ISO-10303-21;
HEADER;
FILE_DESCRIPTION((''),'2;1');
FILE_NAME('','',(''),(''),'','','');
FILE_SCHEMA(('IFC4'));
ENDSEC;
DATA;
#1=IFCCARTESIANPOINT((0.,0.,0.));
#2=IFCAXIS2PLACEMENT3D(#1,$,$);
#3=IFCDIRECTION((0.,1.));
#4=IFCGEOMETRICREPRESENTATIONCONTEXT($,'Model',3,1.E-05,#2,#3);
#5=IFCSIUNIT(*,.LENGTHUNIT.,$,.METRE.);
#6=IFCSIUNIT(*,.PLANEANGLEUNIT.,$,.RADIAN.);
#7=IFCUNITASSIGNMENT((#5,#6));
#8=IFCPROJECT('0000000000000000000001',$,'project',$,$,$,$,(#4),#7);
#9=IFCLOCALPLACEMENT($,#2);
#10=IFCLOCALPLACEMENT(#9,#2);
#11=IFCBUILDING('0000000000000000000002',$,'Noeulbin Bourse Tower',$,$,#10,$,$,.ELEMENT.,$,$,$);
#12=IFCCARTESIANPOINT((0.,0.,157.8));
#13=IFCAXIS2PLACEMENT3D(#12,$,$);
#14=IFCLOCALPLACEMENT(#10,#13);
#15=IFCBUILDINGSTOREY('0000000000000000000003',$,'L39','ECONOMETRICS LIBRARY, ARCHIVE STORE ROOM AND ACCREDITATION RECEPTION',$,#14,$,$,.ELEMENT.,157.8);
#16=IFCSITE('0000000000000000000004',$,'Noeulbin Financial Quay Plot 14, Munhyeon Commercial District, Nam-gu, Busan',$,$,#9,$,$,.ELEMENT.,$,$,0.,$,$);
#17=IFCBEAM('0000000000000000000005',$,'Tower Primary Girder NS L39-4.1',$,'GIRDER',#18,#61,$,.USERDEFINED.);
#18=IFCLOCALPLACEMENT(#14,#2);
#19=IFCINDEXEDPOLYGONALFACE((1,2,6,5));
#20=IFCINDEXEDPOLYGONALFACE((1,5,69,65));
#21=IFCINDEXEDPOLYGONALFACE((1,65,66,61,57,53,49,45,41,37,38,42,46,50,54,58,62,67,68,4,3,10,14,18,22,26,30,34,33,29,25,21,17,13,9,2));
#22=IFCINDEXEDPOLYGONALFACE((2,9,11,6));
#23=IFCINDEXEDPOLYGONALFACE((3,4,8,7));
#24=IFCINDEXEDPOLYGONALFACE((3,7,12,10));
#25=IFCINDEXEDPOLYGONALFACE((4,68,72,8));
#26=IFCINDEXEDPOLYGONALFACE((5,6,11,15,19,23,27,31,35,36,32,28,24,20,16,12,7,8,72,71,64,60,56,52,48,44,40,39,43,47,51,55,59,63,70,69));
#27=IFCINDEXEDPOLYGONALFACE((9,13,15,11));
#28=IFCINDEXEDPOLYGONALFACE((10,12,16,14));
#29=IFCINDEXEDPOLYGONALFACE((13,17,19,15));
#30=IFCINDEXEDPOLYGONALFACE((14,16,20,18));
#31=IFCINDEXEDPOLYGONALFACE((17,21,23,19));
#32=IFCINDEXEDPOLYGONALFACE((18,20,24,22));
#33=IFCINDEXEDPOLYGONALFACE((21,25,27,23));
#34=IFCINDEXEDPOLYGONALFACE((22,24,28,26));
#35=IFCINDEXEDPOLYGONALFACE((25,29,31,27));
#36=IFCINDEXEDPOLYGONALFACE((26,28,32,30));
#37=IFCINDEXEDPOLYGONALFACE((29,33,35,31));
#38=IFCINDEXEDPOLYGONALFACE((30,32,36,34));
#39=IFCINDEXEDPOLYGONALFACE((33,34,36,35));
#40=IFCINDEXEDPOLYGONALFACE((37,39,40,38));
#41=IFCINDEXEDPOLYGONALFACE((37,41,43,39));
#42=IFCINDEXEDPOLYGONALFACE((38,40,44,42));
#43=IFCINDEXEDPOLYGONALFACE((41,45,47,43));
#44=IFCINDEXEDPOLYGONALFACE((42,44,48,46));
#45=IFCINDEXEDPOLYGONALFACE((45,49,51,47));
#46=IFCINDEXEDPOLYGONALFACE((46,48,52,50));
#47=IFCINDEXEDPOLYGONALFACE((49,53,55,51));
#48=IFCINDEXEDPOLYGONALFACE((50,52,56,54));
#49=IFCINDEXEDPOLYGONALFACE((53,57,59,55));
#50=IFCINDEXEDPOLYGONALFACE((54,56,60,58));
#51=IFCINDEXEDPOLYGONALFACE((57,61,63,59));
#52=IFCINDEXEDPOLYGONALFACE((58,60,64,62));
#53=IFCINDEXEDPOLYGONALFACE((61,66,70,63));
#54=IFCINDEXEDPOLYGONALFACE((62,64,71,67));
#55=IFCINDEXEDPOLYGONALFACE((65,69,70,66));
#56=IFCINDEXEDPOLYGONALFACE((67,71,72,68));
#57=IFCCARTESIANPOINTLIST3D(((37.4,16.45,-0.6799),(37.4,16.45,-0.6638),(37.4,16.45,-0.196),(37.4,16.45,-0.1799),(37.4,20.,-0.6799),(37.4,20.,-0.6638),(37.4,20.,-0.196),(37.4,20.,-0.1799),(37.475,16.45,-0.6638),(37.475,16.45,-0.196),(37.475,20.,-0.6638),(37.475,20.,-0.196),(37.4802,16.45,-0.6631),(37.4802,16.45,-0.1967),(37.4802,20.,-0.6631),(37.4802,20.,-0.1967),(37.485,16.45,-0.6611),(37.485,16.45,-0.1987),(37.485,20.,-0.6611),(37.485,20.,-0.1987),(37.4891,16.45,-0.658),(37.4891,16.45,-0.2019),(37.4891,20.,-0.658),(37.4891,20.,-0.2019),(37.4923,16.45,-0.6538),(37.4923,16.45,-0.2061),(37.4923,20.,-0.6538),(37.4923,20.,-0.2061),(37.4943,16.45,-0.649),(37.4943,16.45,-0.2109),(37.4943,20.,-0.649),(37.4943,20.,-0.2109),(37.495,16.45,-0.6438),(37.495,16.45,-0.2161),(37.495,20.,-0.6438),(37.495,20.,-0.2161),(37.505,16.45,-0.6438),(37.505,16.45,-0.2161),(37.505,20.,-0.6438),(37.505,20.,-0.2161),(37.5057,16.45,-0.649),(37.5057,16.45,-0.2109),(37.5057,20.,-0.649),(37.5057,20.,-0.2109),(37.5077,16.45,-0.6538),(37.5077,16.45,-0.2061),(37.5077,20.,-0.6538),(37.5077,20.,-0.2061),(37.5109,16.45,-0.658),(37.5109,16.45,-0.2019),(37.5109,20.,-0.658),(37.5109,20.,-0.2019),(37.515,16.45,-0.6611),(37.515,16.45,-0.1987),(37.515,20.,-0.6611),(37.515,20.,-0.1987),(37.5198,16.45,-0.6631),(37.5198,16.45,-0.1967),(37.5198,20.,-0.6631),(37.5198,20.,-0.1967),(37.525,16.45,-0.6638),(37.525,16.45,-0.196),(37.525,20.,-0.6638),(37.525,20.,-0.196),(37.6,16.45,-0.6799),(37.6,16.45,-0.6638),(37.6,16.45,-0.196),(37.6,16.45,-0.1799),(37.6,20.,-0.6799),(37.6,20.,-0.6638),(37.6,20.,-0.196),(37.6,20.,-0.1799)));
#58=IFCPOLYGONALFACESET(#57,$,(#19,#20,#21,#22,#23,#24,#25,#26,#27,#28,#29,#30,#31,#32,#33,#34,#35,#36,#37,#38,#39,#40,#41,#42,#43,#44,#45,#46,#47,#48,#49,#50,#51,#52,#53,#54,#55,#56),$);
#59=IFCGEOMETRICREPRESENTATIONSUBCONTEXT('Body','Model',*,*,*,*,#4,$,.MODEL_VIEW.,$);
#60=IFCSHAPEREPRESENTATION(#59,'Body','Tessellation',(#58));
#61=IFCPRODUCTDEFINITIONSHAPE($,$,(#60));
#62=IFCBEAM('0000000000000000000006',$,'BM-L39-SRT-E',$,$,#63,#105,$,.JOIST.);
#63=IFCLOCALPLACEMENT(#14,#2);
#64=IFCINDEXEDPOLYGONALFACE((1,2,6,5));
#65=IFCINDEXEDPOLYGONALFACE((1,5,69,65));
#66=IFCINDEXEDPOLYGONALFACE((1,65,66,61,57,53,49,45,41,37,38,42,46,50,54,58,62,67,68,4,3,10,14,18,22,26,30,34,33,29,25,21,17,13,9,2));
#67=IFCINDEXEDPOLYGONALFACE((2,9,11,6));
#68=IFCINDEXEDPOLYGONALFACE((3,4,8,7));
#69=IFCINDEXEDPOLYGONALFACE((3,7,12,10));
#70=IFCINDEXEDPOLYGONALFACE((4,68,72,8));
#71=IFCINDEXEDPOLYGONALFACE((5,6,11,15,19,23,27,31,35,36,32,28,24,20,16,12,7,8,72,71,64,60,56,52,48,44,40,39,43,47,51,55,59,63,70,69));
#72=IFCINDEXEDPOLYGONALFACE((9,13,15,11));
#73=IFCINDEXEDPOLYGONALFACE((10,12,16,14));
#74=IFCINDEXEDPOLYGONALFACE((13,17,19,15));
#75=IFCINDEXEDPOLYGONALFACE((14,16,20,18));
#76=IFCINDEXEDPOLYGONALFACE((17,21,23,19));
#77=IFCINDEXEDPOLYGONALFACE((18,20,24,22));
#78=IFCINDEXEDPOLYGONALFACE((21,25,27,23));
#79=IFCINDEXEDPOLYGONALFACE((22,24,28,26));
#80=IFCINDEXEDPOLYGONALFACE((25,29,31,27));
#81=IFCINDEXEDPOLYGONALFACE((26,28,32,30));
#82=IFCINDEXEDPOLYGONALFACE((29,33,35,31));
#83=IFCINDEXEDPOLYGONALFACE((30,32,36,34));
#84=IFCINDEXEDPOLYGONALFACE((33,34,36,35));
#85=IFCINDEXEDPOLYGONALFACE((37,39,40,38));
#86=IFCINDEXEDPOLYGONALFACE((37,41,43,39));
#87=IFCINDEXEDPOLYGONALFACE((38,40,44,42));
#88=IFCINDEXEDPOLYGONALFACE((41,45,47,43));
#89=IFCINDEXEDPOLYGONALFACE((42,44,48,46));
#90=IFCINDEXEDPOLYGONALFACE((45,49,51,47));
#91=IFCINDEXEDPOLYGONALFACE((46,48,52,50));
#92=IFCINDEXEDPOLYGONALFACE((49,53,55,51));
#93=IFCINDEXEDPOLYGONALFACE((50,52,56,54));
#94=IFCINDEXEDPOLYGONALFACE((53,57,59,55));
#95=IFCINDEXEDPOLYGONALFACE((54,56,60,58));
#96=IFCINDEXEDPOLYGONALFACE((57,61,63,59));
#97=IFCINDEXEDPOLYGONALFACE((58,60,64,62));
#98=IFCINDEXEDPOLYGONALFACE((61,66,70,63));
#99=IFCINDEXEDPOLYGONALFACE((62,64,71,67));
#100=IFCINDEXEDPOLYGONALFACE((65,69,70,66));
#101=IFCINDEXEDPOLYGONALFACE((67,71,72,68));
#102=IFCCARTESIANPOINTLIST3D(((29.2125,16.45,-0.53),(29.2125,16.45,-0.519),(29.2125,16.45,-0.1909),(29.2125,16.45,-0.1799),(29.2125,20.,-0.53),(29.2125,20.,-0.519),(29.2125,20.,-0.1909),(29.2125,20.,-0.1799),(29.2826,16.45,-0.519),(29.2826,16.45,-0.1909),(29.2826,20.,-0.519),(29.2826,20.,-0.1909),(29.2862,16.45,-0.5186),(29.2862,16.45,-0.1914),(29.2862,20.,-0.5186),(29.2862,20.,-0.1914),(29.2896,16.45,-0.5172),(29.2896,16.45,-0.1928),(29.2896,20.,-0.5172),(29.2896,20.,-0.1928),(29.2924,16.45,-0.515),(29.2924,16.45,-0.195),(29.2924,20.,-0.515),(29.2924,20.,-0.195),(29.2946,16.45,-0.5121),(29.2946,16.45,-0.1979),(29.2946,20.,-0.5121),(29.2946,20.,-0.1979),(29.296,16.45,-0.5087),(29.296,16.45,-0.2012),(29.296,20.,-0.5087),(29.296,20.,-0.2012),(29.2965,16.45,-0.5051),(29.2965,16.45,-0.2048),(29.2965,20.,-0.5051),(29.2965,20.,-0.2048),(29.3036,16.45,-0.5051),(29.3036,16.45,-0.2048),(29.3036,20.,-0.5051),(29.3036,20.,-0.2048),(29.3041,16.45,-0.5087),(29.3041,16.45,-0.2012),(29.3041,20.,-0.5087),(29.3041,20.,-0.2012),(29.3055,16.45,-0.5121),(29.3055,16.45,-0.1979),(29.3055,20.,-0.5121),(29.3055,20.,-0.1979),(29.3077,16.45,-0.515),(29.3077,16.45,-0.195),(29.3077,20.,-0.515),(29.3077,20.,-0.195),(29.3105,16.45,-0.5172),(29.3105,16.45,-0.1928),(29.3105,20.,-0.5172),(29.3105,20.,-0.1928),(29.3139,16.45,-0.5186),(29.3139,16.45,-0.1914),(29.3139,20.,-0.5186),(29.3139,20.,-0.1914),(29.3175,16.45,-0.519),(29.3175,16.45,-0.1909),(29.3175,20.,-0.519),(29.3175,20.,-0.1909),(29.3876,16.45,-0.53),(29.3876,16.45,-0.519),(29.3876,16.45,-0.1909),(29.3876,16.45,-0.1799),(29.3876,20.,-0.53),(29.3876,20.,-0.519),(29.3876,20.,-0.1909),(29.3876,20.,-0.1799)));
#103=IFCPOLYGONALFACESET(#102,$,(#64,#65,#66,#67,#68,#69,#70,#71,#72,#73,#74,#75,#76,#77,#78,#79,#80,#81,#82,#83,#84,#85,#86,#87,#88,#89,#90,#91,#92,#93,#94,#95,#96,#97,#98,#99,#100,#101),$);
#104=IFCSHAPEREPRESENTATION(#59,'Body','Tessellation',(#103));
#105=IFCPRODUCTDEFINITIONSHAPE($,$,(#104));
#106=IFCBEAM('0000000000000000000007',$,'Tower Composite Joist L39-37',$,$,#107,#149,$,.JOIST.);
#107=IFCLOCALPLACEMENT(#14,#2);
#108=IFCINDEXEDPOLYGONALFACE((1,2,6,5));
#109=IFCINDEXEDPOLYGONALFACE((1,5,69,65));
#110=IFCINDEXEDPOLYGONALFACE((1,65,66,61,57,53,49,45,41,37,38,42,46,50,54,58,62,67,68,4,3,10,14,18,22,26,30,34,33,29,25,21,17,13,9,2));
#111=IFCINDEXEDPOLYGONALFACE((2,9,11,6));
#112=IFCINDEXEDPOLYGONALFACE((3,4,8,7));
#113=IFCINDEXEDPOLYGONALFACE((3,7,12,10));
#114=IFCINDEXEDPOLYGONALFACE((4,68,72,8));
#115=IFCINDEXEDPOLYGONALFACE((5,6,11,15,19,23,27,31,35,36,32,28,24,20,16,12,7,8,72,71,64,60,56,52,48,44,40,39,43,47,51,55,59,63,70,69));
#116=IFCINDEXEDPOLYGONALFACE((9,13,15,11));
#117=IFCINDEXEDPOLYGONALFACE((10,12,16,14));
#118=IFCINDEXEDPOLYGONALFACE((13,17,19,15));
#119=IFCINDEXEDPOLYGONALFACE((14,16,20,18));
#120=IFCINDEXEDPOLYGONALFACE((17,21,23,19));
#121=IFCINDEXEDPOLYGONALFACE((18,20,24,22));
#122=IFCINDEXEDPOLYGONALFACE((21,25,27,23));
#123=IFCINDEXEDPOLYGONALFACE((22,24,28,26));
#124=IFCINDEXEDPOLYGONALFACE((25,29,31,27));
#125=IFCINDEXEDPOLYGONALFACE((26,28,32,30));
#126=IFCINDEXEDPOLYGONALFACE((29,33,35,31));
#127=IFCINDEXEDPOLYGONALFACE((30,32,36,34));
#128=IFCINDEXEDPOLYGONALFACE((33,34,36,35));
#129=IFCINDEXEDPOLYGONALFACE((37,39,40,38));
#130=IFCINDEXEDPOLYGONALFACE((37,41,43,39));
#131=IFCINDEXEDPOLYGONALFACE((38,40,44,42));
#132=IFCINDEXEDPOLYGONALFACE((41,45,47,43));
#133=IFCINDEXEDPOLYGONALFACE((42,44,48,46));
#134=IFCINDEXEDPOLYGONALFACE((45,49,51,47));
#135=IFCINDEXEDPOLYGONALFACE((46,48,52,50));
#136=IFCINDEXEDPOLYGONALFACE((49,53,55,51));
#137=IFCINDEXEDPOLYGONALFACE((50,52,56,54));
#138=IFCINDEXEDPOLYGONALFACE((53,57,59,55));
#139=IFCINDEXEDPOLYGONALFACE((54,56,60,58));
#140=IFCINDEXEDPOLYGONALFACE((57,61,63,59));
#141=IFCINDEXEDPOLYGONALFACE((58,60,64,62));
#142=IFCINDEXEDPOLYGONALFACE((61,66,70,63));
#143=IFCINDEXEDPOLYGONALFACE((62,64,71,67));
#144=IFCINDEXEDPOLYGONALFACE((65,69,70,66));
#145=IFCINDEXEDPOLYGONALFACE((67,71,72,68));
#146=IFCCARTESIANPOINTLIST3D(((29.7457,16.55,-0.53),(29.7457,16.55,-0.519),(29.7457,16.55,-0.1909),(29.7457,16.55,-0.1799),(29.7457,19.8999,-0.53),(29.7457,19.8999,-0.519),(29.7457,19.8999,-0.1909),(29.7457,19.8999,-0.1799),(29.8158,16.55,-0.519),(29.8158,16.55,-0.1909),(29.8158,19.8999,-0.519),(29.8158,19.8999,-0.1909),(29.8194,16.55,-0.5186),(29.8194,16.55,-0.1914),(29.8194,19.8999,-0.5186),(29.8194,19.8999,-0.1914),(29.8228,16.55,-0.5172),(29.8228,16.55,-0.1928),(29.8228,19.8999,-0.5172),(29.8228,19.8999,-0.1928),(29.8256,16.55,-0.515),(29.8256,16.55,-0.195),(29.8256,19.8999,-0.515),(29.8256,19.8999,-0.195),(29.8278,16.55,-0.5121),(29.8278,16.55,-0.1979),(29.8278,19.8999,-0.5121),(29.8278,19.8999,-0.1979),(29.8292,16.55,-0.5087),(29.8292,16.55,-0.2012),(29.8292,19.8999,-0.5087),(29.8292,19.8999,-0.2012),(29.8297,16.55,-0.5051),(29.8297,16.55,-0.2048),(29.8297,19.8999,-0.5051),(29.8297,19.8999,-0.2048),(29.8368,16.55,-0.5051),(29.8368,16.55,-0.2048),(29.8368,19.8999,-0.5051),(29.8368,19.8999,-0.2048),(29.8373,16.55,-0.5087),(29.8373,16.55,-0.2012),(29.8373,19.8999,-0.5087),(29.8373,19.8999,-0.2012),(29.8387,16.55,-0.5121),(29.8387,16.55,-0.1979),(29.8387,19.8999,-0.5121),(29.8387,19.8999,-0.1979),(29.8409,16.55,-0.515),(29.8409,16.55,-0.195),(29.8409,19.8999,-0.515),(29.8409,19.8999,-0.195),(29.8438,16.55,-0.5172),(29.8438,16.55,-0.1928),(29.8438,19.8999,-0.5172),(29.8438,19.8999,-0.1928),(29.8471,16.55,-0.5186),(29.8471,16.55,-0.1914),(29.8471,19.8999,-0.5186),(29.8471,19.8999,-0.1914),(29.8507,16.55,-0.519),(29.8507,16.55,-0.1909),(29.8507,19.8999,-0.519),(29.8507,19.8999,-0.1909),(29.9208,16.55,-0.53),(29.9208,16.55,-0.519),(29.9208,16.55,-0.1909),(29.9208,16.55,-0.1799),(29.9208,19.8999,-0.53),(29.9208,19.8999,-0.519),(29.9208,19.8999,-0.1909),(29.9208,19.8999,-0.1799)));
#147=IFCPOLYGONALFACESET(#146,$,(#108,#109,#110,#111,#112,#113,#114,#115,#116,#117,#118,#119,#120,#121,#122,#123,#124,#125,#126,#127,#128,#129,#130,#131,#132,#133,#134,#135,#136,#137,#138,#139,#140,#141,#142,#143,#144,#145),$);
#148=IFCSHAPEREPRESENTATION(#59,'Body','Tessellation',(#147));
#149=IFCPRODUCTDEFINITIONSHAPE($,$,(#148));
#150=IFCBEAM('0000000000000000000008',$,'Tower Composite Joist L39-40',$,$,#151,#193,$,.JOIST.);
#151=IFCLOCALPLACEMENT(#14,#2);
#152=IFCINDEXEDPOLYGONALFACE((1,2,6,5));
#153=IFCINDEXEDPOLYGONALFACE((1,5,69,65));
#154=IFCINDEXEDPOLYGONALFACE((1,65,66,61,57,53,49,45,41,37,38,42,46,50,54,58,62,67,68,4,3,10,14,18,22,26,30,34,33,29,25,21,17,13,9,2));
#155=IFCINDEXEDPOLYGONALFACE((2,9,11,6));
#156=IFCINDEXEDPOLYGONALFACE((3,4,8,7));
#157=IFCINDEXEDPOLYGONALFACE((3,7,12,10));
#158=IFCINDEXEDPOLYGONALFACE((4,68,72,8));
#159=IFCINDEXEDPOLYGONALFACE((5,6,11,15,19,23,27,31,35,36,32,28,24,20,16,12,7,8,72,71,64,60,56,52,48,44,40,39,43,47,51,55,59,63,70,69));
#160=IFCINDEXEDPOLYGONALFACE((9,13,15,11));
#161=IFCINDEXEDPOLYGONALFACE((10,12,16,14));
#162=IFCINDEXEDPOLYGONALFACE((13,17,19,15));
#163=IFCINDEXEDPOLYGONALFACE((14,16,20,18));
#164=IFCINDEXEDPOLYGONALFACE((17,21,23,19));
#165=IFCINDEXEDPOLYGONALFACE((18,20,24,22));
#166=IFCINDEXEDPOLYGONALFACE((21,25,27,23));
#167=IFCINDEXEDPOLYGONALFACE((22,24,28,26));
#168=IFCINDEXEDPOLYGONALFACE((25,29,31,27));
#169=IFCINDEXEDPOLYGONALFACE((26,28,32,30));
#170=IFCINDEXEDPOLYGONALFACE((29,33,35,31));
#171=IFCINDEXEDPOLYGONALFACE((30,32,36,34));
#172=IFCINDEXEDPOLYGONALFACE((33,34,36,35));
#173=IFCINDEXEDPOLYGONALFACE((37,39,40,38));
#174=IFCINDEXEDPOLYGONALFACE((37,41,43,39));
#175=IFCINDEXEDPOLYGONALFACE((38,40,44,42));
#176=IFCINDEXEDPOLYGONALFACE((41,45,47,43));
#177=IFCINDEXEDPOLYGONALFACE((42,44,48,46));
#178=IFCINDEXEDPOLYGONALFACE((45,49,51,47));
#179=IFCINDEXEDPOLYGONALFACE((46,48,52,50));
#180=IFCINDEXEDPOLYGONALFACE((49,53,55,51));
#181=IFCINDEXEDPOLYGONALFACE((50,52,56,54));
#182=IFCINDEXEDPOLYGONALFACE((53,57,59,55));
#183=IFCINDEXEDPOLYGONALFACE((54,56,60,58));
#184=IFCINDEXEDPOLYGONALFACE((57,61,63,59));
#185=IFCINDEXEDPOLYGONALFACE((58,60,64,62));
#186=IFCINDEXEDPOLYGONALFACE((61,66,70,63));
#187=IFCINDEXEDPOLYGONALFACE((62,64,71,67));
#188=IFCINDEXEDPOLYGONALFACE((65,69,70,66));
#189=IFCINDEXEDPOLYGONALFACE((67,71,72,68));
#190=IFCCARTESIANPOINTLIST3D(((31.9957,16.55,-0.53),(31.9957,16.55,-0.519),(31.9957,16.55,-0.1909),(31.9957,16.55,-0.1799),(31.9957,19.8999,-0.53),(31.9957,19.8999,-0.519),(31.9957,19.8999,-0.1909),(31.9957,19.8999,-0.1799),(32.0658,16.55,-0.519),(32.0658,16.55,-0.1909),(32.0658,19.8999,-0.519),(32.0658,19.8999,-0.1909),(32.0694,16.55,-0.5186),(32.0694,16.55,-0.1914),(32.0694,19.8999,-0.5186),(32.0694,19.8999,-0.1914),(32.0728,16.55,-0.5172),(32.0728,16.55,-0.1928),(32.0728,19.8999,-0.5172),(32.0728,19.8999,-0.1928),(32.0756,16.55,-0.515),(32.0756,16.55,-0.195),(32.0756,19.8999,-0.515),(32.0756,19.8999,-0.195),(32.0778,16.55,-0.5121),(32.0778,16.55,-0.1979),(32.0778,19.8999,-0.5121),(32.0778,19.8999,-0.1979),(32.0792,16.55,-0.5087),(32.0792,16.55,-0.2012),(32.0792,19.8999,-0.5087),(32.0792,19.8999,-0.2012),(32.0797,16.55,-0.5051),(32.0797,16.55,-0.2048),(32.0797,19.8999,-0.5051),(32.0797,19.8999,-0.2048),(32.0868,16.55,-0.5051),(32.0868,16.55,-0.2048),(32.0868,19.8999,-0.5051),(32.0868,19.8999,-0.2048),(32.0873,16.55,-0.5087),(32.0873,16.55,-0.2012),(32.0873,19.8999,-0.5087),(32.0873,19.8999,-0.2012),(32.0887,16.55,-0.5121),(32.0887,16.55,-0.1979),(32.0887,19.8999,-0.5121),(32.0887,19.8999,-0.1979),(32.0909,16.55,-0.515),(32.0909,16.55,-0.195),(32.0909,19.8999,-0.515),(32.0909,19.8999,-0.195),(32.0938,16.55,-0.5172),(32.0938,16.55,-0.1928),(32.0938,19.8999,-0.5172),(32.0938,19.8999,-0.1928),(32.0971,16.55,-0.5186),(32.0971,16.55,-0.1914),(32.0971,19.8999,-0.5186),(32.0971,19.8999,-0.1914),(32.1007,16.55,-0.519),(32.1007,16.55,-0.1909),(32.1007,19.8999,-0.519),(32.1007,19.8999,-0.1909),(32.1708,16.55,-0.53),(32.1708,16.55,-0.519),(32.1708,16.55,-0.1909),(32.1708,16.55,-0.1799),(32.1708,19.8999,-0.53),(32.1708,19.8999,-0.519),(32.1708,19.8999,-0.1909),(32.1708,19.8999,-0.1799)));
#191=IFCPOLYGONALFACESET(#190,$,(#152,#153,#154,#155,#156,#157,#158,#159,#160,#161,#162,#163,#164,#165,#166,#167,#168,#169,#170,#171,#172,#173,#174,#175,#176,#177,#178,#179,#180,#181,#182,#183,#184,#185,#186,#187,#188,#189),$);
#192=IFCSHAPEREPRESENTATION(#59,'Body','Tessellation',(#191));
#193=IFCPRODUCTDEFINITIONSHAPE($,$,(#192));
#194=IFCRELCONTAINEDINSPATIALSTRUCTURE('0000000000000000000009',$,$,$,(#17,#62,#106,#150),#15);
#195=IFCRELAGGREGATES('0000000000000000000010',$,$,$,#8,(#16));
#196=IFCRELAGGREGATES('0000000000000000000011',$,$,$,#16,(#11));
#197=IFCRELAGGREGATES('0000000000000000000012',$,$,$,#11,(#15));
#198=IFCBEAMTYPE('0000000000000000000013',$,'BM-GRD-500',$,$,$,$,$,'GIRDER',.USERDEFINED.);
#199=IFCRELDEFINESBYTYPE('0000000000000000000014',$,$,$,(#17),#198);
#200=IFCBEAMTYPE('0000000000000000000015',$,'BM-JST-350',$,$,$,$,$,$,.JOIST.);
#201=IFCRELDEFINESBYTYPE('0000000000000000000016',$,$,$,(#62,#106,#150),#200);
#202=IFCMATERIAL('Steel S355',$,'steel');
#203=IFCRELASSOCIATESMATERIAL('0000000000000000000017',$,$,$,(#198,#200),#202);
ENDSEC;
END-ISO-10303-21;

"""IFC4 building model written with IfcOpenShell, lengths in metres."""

from ifc_helpers import new_model, si_unit, direction, frame, origin, origin_2d, place, context, subcontext, project, spatial, i_section, extrude, material, material_profile, profile_set, type_object, element, save


model = new_model("IFC4")

# Units and contexts
model_context = context("Model", 3, precision=1e-05, world=origin(), true_north=direction((0.0, 1.0)))
body_context = subcontext(model_context, "Body", "Model", "MODEL_VIEW")
ifc_project = project(units=[si_unit("LENGTHUNIT", "METRE"), si_unit("PLANEANGLEUNIT", "RADIAN")], contexts=[model_context])

# Site, building, storey
site_placement = place(None, origin())
site = spatial("IfcSite", under=ifc_project, at=site_placement, Name="Noeulbin Financial Quay Plot 14, Munhyeon Commercial District, Nam-gu, Busan", CompositionType="ELEMENT", RefElevation=0.0)
building_placement = place(site_placement, origin())
building = spatial("IfcBuilding", under=site, at=building_placement, Name="Noeulbin Bourse Tower", CompositionType="ELEMENT")
storey_placement = place(building_placement, frame((0.0, 0.0, 157.8)))
storey = spatial("IfcBuildingStorey", under=building, at=storey_placement, Name="L39", Description="ECONOMETRICS LIBRARY, ARCHIVE STORE ROOM AND ACCREDITATION RECEPTION", CompositionType="ELEMENT", Elevation=157.8)

# Shared definitions
ifc_material_1 = material(Name="Steel S355", Category="steel")

# Beams
ifc_material_profile_1 = material_profile(ifc_material_1, i_section(OverallWidth=0.2, OverallDepth=0.5, WebThickness=0.01, FlangeThickness=0.0161, FilletRadius=0.02, at=origin_2d()), Name="H-500x200x10x16", Category="LoadBearing")
ifc_profile_set_1 = profile_set([ifc_material_profile_1], Name="Steel S355")
beam_type_1 = type_object("IfcBeamType", Name="BM-GRD-500", ElementType="GIRDER", PredefinedType="USERDEFINED", material=ifc_profile_set_1)
for number, where, z_axis, x_axis, name in (
    (1, (37.5, 16.45, -0.4299), (0.0, 1.0, 0.0), (-1.0, 0.0, 0.0), "Tower Primary Girder NS L39-4.1"),
):
    element("IfcBeam", number, at=place(storey_placement, frame(where, z_axis=z_axis, x_axis=x_axis)), inside=storey, type_object=beam_type_1, Name=name, ObjectType="GIRDER", PredefinedType="USERDEFINED", context=body_context, shape_type="SweptSolid", body=[
        extrude(i_section(OverallWidth=0.2, OverallDepth=0.5, WebThickness=0.01, FlangeThickness=0.0161, FilletRadius=0.02, at=origin_2d()), origin(), (0.0, 0.0, 1.0), 3.55),
    ])
ifc_material_profile_2 = material_profile(ifc_material_1, i_section(OverallWidth=0.175, OverallDepth=0.3501, WebThickness=0.0071, FlangeThickness=0.011, FilletRadius=0.0139, at=origin_2d()), Name="H-350x175x7x11", Category="LoadBearing")
ifc_profile_set_2 = profile_set([ifc_material_profile_2], Name="Steel S355")
beam_type_2 = type_object("IfcBeamType", Name="BM-JST-350", PredefinedType="JOIST", material=ifc_profile_set_2)
beam_1_placement = place(storey_placement, frame((29.3, 16.45, -0.355), z_axis=(0.0, 1.0, 0.0), x_axis=(-1.0, 0.0, 0.0)))
element("IfcBeam", 2, at=beam_1_placement, inside=storey, type_object=beam_type_2, Name="BM-L39-SRT-E", PredefinedType="JOIST", context=body_context, shape_type="SweptSolid", body=[
    extrude(i_section(OverallWidth=0.175, OverallDepth=0.3501, WebThickness=0.0071, FlangeThickness=0.011, FilletRadius=0.0139, at=origin_2d()), origin(), (0.0, 0.0, 1.0), 3.55),
])
for number, where, z_axis, x_axis, name in (
    (3, (29.8333, 16.55, -0.355), (0.0, 1.0, 0.0), (-1.0, 0.0, 0.0), "Tower Composite Joist L39-37"),
    (4, (32.0833, 16.55, -0.355), (0.0, 1.0, 0.0), (-1.0, 0.0, 0.0), "Tower Composite Joist L39-40"),
):
    element("IfcBeam", number, at=place(storey_placement, frame(where, z_axis=z_axis, x_axis=x_axis)), inside=storey, type_object=beam_type_2, Name=name, PredefinedType="JOIST", context=body_context, shape_type="SweptSolid", body=[
        extrude(i_section(OverallWidth=0.175, OverallDepth=0.3501, WebThickness=0.0071, FlangeThickness=0.011, FilletRadius=0.0139, at=origin_2d()), origin(), (0.0, 0.0, 1.0), 3.3499),
    ])

save(model, "model.ifc")
